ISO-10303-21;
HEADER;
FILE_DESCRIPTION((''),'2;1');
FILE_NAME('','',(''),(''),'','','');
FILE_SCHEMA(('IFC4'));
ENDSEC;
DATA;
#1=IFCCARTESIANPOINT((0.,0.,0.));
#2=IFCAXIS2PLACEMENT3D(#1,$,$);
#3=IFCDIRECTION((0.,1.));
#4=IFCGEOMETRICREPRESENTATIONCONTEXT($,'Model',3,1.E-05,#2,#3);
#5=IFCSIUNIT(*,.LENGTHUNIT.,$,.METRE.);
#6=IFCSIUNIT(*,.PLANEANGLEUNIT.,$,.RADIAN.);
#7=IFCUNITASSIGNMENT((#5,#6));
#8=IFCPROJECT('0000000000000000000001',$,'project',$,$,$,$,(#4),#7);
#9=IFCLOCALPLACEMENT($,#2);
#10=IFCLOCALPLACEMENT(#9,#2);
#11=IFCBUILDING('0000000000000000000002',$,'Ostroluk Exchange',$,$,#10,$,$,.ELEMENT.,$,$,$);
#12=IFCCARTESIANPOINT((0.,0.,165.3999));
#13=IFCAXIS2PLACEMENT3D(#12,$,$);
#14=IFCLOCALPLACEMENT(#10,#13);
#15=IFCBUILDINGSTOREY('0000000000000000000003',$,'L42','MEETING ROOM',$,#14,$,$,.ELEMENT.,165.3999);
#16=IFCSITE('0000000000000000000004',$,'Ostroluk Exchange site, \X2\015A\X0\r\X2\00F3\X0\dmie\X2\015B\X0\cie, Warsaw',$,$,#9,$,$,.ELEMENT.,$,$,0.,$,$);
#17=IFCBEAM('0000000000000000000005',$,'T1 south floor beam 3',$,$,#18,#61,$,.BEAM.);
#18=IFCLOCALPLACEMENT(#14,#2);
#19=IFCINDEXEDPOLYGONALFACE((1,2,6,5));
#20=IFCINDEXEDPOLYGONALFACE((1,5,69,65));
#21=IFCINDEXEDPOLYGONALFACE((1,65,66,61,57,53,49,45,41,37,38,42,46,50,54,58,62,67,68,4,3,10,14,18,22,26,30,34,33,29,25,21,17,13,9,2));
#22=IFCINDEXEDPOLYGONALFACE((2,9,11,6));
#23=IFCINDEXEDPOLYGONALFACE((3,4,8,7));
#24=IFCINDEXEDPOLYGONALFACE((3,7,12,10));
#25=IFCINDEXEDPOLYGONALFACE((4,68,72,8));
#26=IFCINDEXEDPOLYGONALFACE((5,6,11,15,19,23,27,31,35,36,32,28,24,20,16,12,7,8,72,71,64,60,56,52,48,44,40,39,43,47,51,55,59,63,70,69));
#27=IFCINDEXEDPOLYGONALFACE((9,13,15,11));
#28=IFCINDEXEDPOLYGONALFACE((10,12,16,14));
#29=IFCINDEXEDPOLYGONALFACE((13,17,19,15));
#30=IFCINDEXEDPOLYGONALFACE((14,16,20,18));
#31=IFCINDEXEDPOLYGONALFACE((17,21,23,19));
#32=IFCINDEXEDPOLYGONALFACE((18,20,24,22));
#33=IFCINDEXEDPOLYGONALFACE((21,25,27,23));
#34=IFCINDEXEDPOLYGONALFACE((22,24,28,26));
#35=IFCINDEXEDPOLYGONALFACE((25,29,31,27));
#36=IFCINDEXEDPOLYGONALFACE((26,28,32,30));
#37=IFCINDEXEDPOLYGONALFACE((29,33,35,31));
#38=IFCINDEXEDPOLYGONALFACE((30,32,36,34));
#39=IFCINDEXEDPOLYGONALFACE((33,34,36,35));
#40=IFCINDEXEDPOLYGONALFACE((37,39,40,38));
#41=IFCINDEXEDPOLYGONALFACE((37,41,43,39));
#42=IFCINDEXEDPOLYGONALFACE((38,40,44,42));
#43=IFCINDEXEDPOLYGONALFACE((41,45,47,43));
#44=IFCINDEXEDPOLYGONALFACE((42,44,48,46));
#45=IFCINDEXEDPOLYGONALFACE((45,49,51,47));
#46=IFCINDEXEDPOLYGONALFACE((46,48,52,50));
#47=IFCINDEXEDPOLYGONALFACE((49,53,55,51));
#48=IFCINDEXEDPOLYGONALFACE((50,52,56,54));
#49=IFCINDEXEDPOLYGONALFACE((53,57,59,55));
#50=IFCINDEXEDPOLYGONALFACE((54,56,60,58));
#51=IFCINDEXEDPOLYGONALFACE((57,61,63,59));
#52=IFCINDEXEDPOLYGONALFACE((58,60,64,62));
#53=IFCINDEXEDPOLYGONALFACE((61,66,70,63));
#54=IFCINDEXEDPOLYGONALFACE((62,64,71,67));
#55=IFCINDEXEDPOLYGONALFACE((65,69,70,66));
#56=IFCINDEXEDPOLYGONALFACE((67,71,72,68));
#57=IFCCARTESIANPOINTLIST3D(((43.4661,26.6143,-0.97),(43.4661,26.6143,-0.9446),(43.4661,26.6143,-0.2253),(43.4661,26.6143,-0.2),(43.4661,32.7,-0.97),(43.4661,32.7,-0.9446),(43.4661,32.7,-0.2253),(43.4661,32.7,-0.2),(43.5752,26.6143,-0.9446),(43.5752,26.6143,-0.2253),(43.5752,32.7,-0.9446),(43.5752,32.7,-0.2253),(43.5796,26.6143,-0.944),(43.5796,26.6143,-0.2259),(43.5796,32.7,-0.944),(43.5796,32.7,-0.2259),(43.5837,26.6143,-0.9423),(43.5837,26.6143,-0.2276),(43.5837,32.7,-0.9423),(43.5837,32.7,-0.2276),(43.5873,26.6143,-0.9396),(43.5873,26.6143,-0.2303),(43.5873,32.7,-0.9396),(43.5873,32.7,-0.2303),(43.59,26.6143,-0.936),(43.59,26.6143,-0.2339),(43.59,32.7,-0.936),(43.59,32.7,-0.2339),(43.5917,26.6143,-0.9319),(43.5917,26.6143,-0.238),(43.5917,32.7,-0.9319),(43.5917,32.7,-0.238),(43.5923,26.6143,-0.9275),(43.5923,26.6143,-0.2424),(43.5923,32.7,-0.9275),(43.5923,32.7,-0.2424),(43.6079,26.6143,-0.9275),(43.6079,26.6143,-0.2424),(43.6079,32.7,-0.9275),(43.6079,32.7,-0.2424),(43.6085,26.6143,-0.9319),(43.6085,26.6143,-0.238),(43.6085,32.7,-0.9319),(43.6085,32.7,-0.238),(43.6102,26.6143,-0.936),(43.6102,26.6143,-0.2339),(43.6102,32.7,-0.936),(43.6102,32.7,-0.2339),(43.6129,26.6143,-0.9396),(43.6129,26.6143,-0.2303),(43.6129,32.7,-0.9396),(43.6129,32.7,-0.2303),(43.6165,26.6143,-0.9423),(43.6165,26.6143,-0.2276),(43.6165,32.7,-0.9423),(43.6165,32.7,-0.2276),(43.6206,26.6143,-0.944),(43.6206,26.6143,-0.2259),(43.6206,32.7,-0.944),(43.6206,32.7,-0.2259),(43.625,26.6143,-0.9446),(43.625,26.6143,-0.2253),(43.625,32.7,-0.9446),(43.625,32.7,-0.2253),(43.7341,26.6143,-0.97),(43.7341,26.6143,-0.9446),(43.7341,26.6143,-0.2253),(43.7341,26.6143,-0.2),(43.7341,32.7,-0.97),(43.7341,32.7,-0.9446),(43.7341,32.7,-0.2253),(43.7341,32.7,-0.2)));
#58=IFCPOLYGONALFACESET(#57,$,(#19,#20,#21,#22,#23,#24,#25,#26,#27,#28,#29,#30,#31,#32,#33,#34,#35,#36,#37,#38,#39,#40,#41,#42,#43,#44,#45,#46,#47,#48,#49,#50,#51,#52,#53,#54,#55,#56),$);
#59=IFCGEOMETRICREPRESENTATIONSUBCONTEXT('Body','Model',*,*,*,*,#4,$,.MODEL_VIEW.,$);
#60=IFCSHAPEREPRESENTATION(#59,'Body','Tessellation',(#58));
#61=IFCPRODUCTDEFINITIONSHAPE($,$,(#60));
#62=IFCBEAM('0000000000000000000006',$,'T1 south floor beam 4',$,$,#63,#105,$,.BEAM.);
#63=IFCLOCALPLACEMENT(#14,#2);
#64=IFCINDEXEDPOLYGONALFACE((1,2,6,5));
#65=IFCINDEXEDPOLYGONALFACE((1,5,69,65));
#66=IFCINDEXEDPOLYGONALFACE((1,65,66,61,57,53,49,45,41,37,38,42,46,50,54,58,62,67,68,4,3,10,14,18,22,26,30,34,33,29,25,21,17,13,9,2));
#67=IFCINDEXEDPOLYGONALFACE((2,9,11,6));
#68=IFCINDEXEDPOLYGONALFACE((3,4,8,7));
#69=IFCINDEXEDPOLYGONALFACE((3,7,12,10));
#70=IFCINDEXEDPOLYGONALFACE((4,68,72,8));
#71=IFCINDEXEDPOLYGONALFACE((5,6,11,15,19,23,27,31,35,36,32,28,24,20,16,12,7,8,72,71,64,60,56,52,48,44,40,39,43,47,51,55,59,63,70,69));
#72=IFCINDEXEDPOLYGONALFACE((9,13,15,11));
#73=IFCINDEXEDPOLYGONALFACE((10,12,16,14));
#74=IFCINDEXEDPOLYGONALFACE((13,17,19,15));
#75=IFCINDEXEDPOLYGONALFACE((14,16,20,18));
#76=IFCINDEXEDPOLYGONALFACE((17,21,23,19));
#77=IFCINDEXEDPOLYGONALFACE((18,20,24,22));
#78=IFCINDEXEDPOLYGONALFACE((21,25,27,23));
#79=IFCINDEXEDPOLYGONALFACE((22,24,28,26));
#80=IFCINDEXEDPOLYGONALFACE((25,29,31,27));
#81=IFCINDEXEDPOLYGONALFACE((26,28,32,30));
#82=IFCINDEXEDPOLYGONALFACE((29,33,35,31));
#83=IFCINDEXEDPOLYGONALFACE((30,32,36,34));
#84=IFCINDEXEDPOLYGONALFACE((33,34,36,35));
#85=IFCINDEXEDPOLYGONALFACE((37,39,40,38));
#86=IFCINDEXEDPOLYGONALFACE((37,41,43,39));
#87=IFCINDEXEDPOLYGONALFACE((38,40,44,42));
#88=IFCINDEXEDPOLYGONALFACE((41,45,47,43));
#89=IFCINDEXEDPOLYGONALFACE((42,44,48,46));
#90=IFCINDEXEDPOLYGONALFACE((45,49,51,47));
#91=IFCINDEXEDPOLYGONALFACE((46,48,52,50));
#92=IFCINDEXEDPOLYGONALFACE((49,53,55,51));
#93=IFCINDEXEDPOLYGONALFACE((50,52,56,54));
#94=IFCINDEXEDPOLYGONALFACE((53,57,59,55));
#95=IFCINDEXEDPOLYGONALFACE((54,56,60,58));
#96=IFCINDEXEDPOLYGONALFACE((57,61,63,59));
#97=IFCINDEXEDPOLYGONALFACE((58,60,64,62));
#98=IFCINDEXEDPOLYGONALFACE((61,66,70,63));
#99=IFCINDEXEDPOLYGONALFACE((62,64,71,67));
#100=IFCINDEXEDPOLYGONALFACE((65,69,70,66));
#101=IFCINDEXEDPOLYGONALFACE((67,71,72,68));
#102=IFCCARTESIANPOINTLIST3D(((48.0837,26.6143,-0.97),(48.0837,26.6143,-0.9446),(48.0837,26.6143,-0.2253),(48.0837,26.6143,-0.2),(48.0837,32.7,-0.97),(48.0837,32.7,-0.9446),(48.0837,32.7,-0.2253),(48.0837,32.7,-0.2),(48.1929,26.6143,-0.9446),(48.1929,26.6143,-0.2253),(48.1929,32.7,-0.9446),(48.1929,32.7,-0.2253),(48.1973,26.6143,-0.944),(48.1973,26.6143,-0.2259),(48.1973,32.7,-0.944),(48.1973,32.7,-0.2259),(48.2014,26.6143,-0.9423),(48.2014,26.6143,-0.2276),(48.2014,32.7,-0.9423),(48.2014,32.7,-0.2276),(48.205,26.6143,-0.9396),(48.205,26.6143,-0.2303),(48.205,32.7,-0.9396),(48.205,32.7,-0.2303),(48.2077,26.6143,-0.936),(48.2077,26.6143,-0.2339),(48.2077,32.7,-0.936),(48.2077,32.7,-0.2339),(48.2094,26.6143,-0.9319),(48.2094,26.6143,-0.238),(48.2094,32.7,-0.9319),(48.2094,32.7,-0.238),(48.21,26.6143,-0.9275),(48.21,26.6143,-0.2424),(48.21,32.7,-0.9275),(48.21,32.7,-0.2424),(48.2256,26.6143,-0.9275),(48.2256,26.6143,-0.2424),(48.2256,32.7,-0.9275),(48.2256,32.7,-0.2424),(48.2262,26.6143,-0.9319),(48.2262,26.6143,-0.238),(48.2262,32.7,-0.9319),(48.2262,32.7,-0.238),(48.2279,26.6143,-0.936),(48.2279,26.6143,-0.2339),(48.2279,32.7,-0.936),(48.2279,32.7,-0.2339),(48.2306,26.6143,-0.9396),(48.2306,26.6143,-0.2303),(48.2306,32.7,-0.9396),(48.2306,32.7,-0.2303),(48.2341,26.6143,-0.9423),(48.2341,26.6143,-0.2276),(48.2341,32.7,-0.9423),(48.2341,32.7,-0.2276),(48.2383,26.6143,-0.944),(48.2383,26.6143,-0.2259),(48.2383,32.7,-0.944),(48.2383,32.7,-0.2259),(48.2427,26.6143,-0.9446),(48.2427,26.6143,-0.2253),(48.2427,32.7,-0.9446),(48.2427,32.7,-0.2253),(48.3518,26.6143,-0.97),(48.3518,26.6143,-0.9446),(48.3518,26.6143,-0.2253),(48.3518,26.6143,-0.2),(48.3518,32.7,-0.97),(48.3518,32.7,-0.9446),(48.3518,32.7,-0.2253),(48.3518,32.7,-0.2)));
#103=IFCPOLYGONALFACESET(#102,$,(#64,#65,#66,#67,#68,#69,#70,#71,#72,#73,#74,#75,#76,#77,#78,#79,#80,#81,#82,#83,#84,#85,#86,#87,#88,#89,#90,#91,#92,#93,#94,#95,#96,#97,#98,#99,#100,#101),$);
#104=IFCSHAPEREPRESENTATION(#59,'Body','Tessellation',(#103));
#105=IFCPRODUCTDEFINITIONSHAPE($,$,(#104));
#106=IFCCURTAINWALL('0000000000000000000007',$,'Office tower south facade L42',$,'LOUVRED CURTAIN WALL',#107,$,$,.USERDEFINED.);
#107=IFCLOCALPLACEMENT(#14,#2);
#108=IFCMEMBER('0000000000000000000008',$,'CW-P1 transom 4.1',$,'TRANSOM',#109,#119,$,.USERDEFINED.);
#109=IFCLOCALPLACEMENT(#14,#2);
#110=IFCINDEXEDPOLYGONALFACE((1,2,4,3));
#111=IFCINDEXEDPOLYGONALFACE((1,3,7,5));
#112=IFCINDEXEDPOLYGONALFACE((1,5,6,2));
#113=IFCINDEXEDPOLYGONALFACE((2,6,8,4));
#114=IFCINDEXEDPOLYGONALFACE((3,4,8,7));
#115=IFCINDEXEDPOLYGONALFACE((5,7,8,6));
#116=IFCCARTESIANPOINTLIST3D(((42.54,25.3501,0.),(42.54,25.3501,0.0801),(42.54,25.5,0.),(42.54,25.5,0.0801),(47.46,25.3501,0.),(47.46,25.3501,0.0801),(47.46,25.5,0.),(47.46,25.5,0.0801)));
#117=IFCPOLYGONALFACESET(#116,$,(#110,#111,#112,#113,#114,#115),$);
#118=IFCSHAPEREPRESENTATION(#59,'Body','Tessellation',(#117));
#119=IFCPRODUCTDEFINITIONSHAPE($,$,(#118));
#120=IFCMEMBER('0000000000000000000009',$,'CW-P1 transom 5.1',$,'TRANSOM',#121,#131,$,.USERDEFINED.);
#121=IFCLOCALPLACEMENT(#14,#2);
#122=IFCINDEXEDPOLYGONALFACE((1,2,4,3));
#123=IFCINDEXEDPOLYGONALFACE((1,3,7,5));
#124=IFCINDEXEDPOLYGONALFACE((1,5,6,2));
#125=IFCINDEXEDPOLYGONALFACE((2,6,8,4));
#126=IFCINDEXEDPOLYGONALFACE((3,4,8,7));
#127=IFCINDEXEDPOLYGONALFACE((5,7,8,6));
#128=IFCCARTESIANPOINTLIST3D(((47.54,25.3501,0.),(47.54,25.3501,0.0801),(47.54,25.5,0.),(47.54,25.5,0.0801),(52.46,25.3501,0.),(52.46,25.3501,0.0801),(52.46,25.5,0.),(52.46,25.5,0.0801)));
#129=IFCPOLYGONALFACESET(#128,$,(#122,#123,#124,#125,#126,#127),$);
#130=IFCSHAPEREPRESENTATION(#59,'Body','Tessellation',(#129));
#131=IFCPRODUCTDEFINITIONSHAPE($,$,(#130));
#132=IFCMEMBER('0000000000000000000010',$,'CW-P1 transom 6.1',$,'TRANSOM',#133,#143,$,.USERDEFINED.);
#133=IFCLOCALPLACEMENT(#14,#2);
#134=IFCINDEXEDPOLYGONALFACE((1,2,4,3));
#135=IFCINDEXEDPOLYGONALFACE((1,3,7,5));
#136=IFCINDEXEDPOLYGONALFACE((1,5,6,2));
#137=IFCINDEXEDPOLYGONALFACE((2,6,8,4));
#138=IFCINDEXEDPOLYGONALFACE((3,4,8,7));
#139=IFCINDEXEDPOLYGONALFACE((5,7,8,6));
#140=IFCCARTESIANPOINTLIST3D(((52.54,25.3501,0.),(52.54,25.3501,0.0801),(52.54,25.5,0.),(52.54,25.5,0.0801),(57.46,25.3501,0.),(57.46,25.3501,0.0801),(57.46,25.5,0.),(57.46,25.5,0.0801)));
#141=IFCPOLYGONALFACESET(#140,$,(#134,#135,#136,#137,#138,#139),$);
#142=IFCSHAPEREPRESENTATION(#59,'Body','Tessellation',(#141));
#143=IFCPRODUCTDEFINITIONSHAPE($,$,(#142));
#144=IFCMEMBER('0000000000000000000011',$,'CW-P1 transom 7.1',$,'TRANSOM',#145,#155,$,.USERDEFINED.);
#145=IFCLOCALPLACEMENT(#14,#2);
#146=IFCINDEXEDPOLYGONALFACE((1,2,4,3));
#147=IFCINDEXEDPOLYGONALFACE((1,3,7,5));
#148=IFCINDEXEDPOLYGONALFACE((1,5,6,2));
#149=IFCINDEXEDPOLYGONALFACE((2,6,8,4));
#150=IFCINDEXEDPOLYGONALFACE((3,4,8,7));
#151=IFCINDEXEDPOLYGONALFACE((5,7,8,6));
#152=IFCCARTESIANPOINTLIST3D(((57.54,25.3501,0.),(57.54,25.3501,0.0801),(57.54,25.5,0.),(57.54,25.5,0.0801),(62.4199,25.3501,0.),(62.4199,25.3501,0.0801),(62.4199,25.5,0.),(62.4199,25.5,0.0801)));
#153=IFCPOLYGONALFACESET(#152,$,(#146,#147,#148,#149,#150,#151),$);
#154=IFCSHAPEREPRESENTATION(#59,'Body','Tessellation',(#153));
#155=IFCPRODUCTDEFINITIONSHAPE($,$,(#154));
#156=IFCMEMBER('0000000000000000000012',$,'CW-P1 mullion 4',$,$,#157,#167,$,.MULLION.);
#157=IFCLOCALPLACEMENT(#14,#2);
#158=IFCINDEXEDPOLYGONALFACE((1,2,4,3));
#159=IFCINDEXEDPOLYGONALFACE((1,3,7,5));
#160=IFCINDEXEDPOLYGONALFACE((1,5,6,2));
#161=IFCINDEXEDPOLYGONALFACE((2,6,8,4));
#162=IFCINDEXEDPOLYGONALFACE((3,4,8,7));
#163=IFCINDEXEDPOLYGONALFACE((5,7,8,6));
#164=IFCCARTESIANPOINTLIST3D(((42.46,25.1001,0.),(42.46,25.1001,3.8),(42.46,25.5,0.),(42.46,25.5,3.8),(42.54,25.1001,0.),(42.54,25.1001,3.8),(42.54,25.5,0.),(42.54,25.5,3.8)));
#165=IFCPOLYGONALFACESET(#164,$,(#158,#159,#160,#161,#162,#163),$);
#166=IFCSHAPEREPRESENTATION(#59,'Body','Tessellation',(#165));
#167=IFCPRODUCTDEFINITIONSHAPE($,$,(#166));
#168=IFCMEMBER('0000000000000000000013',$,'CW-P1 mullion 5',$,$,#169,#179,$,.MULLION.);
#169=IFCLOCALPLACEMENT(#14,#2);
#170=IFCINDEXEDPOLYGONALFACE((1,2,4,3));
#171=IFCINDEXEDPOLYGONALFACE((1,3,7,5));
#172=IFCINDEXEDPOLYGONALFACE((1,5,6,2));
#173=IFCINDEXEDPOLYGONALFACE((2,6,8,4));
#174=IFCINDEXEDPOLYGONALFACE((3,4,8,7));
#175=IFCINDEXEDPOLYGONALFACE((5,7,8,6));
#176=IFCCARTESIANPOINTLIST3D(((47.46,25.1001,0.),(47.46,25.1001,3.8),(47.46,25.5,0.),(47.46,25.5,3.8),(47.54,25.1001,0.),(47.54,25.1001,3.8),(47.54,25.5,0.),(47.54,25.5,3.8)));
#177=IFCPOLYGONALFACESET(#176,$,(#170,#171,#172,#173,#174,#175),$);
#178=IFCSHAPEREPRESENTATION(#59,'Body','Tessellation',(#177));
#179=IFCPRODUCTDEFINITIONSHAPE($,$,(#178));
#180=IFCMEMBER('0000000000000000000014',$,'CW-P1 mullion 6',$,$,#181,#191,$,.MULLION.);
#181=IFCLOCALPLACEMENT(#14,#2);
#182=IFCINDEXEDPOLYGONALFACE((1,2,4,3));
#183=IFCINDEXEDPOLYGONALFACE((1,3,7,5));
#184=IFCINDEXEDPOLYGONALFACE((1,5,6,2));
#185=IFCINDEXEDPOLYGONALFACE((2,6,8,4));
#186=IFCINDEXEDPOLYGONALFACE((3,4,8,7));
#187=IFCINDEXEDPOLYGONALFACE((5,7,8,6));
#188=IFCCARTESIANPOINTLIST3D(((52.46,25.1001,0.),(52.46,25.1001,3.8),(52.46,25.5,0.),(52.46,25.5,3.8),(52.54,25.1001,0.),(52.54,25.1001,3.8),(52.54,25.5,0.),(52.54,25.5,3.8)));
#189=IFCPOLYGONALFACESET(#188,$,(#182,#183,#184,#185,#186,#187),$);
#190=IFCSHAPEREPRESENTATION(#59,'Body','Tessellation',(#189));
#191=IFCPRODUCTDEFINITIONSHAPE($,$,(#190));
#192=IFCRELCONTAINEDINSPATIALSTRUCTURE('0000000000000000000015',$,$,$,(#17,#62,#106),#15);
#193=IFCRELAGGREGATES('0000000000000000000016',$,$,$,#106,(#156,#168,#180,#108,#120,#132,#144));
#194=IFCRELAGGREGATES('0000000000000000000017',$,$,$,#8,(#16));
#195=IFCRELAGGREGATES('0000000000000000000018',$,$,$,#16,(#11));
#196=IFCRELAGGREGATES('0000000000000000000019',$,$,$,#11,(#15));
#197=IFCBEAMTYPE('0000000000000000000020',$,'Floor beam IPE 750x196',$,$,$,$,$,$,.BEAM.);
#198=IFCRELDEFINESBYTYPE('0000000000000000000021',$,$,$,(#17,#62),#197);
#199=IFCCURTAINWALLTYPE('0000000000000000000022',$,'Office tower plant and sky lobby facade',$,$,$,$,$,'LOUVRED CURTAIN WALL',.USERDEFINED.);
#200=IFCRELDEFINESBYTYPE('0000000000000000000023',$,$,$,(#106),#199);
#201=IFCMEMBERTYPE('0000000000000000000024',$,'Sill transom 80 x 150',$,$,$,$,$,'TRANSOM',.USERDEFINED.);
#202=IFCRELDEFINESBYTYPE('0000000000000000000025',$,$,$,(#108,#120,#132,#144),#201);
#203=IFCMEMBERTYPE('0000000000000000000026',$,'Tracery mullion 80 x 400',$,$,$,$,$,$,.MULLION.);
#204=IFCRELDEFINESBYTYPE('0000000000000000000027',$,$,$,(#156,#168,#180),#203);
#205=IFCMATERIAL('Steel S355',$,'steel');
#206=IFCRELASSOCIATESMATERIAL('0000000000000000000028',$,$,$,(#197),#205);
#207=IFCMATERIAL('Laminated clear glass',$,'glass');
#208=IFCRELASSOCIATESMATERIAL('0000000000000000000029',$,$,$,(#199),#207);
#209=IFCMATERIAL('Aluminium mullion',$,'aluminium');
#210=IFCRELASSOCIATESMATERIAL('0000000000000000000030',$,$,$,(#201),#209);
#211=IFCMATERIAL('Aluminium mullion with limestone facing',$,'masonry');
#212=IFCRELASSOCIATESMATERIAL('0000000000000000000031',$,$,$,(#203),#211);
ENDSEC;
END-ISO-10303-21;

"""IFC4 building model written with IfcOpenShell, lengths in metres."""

from ifc_helpers import new_model, si_unit, direction, frame, origin, origin_2d, place, context, subcontext, project, spatial, rectangle, i_section, extrude, material, material_profile, profile_set, type_object, element, aggregate, save


model = new_model("IFC4")

# Units and contexts
model_context = context("Model", 3, precision=1e-05, world=origin(), true_north=direction((0.0, 1.0)))
body_context = subcontext(model_context, "Body", "Model", "MODEL_VIEW")
ifc_project = project(units=[si_unit("LENGTHUNIT", "METRE"), si_unit("PLANEANGLEUNIT", "RADIAN")], contexts=[model_context])

# Site, building, storey
site_placement = place(None, origin())
site = spatial("IfcSite", under=ifc_project, at=site_placement, Name="Ostroluk Exchange site, Śródmieście, Warsaw", CompositionType="ELEMENT", RefElevation=0.0)
building_placement = place(site_placement, origin())
building = spatial("IfcBuilding", under=site, at=building_placement, Name="Ostroluk Exchange", CompositionType="ELEMENT")
storey_placement = place(building_placement, frame((0.0, 0.0, 165.3999)))
storey = spatial("IfcBuildingStorey", under=building, at=storey_placement, Name="L42", Description="MEETING ROOM", CompositionType="ELEMENT", Elevation=165.3999)

# Beams
ifc_material_1 = material(Name="Steel S355", Category="steel")
ifc_material_profile_1 = material_profile(ifc_material_1, i_section(OverallWidth=0.2681, OverallDepth=0.77, WebThickness=0.0156, FlangeThickness=0.0254, FilletRadius=0.0171, at=origin_2d()), Name="IPE 750x196")
ifc_profile_set_1 = profile_set([ifc_material_profile_1], Name="Steel S355")
beam_type = type_object("IfcBeamType", Name="Floor beam IPE 750x196", PredefinedType="BEAM", material=ifc_profile_set_1)
for number, where, z_axis, x_axis, name in (
    (1, (43.6001, 32.7, -0.585), (0.0, -1.0, 0.0), (1.0, 0.0, 0.0), "T1 south floor beam 3"),
    (2, (48.2178, 32.7, -0.585), (0.0, -1.0, 0.0), (1.0, 0.0, 0.0), "T1 south floor beam 4"),
):
    element("IfcBeam", number, at=place(storey_placement, frame(where, z_axis=z_axis, x_axis=x_axis)), inside=storey, type_object=beam_type, Name=name, PredefinedType="BEAM", context=body_context, shape_type="SweptSolid", body=[
        extrude(i_section(OverallWidth=0.2681, OverallDepth=0.77, WebThickness=0.0156, FlangeThickness=0.0254, FilletRadius=0.0171, at=origin_2d()), origin(), (0.0, 0.0, 1.0), 6.0857),
    ])

# Curtain wall, members
ifc_material_2 = material(Name="Laminated clear glass", Category="glass")
curtain_wall_type = type_object("IfcCurtainWallType", Name="Office tower plant and sky lobby facade", ElementType="LOUVRED CURTAIN WALL", PredefinedType="USERDEFINED", material=ifc_material_2)
curtain_wall_placement = place(storey_placement, origin())
curtain_wall = element("IfcCurtainWall", 3, at=curtain_wall_placement, inside=storey, type_object=curtain_wall_type, Name="Office tower south facade L42", ObjectType="LOUVRED CURTAIN WALL", PredefinedType="USERDEFINED")
ifc_material_3 = material(Name="Aluminium mullion", Category="aluminium")
ifc_material_profile_2 = material_profile(ifc_material_3, rectangle(XDim=0.1499, YDim=0.0801, at=origin_2d()), Name="Sill transom 80 x 150")
ifc_profile_set_2 = profile_set([ifc_material_profile_2], Name="Aluminium mullion")
member_type_1 = type_object("IfcMemberType", Name="Sill transom 80 x 150", ElementType="TRANSOM", PredefinedType="USERDEFINED", material=ifc_profile_set_2)
member_1_placement = place(storey_placement, frame((42.54, 25.425, 0.04), z_axis=(1.0, 0.0, 0.0), x_axis=(0.0, 1.0, 0.0)))
member_1 = element("IfcMember", 4, at=member_1_placement, type_object=member_type_1, Name="CW-P1 transom 4.1", ObjectType="TRANSOM", PredefinedType="USERDEFINED", context=body_context, shape_type="SweptSolid", body=[
    extrude(rectangle(XDim=0.1499, YDim=0.0801, at=origin_2d()), origin(), (0.0, 0.0, 1.0), 4.9199),
])
member_2_placement = place(storey_placement, frame((47.54, 25.425, 0.04), z_axis=(1.0, 0.0, 0.0), x_axis=(0.0, 1.0, 0.0)))
member_2 = element("IfcMember", 5, at=member_2_placement, type_object=member_type_1, Name="CW-P1 transom 5.1", ObjectType="TRANSOM", PredefinedType="USERDEFINED", context=body_context, shape_type="SweptSolid", body=[
    extrude(rectangle(XDim=0.1499, YDim=0.0801, at=origin_2d()), origin(), (0.0, 0.0, 1.0), 4.9199),
])
member_3_placement = place(storey_placement, frame((52.54, 25.425, 0.04), z_axis=(1.0, 0.0, 0.0), x_axis=(0.0, 1.0, 0.0)))
member_3 = element("IfcMember", 6, at=member_3_placement, type_object=member_type_1, Name="CW-P1 transom 6.1", ObjectType="TRANSOM", PredefinedType="USERDEFINED", context=body_context, shape_type="SweptSolid", body=[
    extrude(rectangle(XDim=0.1499, YDim=0.0801, at=origin_2d()), origin(), (0.0, 0.0, 1.0), 4.9199),
])
member_4_placement = place(storey_placement, frame((57.54, 25.425, 0.04), z_axis=(1.0, 0.0, 0.0), x_axis=(0.0, 1.0, 0.0)))
member_4 = element("IfcMember", 7, at=member_4_placement, type_object=member_type_1, Name="CW-P1 transom 7.1", ObjectType="TRANSOM", PredefinedType="USERDEFINED", context=body_context, shape_type="SweptSolid", body=[
    extrude(rectangle(XDim=0.1499, YDim=0.0801, at=origin_2d()), origin(), (0.0, 0.0, 1.0), 4.8799),
])
ifc_material_4 = material(Name="Aluminium mullion with limestone facing", Category="masonry")
ifc_material_profile_3 = material_profile(ifc_material_4, rectangle(XDim=0.3999, YDim=0.0801, at=origin_2d()), Name="Tracery mullion 80 x 400")
ifc_profile_set_3 = profile_set([ifc_material_profile_3], Name="Aluminium mullion with limestone facing")
member_type_2 = type_object("IfcMemberType", Name="Tracery mullion 80 x 400", PredefinedType="MULLION", material=ifc_profile_set_3)
member_5_placement = place(storey_placement, frame((42.5, 25.3, 0.0), z_axis=(0.0, 0.0, 1.0), x_axis=(0.0, 1.0, 0.0)))
member_5 = element("IfcMember", 8, at=member_5_placement, type_object=member_type_2, Name="CW-P1 mullion 4", PredefinedType="MULLION", context=body_context, shape_type="SweptSolid", body=[
    extrude(rectangle(XDim=0.3999, YDim=0.0801, at=origin_2d()), origin(), (0.0, 0.0, 1.0), 3.8),
])
member_6_placement = place(storey_placement, frame((47.5, 25.3, 0.0), z_axis=(0.0, 0.0, 1.0), x_axis=(0.0, 1.0, 0.0)))
member_6 = element("IfcMember", 9, at=member_6_placement, type_object=member_type_2, Name="CW-P1 mullion 5", PredefinedType="MULLION", context=body_context, shape_type="SweptSolid", body=[
    extrude(rectangle(XDim=0.3999, YDim=0.0801, at=origin_2d()), origin(), (0.0, 0.0, 1.0), 3.8),
])
member_7_placement = place(storey_placement, frame((52.5, 25.3, 0.0), z_axis=(0.0, 0.0, 1.0), x_axis=(0.0, 1.0, 0.0)))
member_7 = element("IfcMember", 10, at=member_7_placement, type_object=member_type_2, Name="CW-P1 mullion 6", PredefinedType="MULLION", context=body_context, shape_type="SweptSolid", body=[
    extrude(rectangle(XDim=0.3999, YDim=0.0801, at=origin_2d()), origin(), (0.0, 0.0, 1.0), 3.8),
])
aggregate(curtain_wall, [member_5, member_6, member_7, member_1, member_2, member_3, member_4])

save(model, "model.ifc")
